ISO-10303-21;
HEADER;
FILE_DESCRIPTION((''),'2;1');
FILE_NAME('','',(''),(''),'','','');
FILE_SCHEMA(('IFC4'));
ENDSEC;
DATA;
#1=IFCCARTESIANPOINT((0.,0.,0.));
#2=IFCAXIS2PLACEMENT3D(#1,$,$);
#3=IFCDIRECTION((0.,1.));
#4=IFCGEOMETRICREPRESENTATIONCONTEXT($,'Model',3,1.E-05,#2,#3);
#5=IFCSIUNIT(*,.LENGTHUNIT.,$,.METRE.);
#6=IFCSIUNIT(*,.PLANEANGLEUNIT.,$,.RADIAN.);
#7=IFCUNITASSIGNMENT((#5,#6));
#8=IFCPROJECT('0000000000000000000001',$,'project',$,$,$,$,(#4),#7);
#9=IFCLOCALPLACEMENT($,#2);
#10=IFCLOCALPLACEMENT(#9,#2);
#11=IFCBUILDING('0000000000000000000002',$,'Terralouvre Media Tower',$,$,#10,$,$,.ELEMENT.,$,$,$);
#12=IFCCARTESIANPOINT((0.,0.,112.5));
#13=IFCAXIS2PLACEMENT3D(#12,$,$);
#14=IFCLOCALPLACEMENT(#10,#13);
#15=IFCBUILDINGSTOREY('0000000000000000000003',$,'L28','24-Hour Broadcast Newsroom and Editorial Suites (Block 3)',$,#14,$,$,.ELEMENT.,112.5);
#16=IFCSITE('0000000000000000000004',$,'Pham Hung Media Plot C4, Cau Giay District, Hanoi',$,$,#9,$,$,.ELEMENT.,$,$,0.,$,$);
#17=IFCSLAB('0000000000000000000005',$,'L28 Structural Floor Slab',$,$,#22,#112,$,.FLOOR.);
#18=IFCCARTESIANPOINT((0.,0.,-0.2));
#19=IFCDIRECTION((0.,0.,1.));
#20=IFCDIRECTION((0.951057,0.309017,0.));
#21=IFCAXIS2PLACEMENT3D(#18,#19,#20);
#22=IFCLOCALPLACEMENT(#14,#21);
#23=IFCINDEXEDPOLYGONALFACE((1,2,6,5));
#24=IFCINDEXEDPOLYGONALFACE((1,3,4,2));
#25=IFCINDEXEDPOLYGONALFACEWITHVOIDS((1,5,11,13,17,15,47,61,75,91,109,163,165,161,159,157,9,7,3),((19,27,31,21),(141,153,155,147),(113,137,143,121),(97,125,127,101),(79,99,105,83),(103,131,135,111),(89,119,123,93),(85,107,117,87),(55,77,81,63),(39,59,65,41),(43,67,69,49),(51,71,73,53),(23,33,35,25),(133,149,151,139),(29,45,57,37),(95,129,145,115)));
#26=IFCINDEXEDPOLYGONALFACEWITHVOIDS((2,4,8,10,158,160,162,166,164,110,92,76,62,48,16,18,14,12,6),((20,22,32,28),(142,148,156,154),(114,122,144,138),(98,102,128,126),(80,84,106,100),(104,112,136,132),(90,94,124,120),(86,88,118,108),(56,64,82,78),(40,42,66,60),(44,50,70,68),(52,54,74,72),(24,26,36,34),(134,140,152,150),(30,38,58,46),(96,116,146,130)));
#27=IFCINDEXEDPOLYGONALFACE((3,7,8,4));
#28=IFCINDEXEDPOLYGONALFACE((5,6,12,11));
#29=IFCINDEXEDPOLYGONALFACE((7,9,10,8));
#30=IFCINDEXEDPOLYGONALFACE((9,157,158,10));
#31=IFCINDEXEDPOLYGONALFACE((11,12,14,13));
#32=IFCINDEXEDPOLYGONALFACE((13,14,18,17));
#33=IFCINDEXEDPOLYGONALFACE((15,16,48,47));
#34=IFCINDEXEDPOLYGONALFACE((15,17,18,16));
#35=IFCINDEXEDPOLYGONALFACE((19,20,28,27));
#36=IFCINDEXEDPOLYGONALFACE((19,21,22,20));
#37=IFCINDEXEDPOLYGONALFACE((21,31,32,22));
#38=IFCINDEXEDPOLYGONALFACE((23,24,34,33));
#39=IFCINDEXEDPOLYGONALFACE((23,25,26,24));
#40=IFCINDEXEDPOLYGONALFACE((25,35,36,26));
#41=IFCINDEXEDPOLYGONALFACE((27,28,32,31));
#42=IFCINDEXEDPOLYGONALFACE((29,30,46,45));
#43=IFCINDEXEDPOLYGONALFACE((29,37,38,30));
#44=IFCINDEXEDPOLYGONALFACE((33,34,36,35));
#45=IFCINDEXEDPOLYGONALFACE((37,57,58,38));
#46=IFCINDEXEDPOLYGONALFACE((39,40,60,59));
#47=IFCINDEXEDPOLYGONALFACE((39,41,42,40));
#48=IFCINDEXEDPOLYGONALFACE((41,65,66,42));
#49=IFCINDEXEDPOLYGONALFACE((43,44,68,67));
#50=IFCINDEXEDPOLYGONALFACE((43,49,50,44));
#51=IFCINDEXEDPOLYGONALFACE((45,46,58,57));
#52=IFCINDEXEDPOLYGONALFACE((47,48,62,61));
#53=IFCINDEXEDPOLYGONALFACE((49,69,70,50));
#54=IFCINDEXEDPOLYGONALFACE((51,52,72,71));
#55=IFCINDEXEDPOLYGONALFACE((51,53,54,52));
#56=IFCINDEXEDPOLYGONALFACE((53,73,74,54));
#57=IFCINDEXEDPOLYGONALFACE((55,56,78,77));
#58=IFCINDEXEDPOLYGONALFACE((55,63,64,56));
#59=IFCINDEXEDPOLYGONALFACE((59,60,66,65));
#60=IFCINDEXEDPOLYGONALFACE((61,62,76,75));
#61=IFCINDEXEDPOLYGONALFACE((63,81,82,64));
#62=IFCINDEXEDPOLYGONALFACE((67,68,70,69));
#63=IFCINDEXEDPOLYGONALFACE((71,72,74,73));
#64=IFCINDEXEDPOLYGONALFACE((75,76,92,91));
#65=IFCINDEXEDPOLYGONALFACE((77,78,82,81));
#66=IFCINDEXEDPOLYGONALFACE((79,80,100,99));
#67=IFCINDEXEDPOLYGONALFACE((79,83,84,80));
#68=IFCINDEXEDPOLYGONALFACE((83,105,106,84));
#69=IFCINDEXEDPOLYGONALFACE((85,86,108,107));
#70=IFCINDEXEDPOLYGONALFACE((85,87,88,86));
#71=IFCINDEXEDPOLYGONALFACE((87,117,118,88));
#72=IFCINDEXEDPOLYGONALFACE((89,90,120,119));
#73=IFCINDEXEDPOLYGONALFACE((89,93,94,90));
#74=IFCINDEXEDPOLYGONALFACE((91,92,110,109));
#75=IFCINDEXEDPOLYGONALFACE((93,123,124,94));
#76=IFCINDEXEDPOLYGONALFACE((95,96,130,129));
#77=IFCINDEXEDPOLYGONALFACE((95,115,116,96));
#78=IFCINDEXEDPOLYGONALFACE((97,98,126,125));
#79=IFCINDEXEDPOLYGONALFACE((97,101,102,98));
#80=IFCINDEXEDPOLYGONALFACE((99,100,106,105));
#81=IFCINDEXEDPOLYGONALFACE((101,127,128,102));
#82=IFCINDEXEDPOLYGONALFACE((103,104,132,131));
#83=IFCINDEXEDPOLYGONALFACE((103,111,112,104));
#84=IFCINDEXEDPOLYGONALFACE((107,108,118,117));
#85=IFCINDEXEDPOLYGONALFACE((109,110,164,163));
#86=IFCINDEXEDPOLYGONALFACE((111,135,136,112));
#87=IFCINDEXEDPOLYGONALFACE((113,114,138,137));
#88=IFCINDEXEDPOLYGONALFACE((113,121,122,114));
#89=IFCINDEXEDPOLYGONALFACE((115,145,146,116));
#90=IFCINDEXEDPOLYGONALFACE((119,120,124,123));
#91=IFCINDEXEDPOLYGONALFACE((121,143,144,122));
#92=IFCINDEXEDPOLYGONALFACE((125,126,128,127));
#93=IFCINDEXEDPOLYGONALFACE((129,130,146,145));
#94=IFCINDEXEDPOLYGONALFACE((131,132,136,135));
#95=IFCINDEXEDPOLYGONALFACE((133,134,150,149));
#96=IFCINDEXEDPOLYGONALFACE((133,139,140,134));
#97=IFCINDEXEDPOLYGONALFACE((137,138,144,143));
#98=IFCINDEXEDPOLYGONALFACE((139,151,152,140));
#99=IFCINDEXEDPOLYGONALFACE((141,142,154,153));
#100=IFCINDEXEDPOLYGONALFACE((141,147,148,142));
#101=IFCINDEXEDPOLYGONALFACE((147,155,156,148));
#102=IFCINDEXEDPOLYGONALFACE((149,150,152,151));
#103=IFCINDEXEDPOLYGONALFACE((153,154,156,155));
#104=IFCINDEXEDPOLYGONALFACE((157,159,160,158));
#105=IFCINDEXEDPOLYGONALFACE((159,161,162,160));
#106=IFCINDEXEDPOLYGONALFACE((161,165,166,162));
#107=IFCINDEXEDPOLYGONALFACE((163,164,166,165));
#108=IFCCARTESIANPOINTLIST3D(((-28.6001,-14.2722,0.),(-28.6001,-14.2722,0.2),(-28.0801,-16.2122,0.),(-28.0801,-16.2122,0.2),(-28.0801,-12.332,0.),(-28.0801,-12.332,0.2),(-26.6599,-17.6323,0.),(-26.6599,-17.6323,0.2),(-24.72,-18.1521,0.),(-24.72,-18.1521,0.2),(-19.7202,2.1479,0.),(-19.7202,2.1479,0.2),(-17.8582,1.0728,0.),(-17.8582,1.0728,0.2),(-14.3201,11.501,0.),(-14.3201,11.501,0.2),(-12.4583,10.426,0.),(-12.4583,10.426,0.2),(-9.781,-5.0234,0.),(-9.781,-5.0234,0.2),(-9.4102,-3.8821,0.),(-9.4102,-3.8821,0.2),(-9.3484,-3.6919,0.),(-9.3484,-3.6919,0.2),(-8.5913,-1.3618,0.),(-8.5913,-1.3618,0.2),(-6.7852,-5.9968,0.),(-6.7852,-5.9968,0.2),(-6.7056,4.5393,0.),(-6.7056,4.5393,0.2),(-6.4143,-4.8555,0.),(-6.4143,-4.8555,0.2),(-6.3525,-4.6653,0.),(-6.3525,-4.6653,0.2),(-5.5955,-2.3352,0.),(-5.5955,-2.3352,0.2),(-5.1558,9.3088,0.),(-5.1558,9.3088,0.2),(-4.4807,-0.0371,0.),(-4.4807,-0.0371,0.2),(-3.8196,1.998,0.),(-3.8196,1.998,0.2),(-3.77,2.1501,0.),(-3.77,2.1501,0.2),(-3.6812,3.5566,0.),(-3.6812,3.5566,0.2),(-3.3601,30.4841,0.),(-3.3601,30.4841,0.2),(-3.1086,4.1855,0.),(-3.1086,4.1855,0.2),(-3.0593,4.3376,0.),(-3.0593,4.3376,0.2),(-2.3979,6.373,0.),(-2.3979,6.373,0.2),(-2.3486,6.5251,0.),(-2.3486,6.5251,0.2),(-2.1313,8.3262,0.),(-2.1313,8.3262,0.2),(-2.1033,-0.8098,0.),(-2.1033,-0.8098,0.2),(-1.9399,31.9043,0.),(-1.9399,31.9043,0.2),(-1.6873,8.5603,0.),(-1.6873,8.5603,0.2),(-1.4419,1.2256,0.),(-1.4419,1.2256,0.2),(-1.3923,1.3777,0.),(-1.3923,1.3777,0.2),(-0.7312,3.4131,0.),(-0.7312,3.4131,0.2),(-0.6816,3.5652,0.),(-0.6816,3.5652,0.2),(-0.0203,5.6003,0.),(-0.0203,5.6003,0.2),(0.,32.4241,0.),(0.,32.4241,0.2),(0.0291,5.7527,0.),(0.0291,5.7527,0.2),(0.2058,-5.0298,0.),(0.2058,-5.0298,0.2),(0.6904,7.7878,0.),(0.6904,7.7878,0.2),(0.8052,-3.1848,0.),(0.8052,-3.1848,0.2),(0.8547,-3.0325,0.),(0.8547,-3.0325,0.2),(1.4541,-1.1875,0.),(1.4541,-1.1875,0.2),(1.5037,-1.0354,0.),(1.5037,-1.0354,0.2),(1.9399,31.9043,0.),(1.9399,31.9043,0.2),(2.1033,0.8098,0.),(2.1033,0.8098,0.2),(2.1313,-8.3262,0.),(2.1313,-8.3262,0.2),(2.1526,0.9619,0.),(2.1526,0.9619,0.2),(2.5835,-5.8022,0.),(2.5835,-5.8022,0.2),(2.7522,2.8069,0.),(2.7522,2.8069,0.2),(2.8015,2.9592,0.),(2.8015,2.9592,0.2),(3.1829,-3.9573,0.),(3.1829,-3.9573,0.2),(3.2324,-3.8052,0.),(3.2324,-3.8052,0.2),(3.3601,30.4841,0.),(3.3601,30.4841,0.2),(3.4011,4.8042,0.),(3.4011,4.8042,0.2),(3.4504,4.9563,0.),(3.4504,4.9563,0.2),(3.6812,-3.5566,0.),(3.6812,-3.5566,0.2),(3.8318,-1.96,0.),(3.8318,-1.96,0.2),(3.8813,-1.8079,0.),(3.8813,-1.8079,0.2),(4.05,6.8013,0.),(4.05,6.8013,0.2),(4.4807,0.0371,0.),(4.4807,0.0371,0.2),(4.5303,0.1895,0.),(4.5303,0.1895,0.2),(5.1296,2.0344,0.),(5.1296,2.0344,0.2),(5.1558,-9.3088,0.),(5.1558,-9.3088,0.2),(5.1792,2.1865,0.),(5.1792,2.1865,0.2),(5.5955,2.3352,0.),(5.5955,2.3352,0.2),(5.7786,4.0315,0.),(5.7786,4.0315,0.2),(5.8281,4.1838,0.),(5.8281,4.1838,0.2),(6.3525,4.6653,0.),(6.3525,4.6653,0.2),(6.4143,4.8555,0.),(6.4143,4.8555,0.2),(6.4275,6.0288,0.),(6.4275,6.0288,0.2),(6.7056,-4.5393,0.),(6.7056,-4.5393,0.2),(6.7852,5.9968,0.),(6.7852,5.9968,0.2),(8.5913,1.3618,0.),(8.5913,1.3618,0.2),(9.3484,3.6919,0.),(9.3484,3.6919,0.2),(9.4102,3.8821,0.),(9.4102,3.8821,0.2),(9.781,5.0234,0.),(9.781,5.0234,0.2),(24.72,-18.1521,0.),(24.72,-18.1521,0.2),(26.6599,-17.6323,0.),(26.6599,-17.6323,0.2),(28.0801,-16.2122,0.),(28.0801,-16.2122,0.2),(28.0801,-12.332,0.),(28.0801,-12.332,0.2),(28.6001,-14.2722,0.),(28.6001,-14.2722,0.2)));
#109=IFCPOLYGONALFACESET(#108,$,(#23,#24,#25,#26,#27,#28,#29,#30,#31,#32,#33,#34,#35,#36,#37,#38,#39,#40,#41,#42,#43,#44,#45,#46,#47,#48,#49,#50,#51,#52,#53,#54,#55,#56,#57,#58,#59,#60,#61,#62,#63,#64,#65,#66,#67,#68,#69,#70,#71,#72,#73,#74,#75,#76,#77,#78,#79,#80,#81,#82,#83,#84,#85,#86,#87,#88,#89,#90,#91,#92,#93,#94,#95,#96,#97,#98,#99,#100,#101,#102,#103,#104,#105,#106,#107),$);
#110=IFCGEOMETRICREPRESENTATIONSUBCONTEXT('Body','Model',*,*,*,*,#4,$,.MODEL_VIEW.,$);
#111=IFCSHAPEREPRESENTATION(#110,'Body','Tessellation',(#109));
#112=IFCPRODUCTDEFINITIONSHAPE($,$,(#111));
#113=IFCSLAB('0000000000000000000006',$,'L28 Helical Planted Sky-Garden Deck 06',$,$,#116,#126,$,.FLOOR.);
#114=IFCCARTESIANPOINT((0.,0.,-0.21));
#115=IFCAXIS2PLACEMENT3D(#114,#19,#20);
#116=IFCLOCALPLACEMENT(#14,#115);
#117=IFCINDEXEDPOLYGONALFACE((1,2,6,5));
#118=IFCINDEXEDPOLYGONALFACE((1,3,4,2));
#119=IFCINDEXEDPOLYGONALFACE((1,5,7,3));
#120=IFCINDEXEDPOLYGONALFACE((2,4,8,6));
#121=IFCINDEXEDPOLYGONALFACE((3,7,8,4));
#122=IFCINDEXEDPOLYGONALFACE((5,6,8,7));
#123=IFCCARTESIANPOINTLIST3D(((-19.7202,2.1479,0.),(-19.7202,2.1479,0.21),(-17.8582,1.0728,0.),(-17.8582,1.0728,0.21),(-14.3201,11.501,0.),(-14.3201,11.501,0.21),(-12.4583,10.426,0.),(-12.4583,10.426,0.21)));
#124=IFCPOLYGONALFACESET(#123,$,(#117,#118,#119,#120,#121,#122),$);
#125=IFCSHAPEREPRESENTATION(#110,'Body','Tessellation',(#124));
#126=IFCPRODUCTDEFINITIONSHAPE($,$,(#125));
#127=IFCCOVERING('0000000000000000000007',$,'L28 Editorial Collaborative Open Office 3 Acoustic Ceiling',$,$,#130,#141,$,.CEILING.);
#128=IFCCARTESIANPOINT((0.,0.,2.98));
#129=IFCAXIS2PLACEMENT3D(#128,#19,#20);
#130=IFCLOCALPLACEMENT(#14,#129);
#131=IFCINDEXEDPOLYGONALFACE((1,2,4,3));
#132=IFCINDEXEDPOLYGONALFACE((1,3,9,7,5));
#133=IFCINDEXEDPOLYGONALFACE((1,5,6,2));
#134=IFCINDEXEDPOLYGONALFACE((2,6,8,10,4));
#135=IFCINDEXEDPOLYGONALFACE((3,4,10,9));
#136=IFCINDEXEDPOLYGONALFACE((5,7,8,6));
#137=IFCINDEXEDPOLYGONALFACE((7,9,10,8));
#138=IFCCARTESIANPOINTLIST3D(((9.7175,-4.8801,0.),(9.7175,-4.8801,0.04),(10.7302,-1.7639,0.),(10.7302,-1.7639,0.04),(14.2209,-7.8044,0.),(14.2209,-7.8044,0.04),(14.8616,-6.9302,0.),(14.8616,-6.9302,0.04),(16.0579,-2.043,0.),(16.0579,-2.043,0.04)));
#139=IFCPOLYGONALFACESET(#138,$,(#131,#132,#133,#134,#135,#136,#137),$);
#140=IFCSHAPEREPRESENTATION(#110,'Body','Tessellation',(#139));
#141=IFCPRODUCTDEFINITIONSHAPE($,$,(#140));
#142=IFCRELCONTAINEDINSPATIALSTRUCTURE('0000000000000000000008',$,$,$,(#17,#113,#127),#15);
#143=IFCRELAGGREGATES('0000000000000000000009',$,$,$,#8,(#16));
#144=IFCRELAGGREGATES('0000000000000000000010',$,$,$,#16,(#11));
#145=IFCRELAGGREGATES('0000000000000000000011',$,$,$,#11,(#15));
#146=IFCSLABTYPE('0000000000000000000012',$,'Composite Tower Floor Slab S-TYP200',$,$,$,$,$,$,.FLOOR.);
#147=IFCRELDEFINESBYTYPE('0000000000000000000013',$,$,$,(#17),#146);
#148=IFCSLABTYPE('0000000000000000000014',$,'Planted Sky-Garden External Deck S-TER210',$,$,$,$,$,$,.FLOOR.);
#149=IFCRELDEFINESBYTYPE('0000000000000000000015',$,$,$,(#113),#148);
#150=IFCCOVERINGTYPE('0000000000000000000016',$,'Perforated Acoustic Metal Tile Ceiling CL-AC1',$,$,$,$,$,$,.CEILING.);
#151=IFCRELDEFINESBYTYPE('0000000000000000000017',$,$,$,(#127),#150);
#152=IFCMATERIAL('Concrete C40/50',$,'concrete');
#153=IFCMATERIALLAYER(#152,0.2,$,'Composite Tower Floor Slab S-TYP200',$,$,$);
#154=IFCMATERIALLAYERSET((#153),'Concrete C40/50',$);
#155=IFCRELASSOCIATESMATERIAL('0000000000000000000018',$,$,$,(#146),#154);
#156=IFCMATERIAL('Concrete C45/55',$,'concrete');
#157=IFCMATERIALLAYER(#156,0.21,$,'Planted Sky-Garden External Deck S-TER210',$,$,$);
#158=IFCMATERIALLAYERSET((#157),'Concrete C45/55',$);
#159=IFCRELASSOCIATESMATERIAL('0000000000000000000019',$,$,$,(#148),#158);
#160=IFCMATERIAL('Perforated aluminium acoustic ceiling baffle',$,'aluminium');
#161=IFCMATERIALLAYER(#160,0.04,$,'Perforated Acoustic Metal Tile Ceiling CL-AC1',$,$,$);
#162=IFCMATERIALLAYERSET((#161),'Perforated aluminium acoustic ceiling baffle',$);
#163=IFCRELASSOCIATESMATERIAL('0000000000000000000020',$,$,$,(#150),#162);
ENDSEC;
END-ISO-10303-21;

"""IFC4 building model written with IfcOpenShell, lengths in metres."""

from ifc_helpers import new_model, si_unit, direction, frame, origin, place, context, subcontext, project, spatial, polyline, outline, extrude, material, layer, layer_set, type_object, element, save


model = new_model("IFC4")

# Units and contexts
model_context = context("Model", 3, precision=1e-05, world=origin(), true_north=direction((0.0, 1.0)))
body_context = subcontext(model_context, "Body", "Model", "MODEL_VIEW")
ifc_project = project(units=[si_unit("LENGTHUNIT", "METRE"), si_unit("PLANEANGLEUNIT", "RADIAN")], contexts=[model_context])

# Site, building, storey
site_placement = place(None, origin())
site = spatial("IfcSite", under=ifc_project, at=site_placement, Name="Pham Hung Media Plot C4, Cau Giay District, Hanoi", CompositionType="ELEMENT", RefElevation=0.0)
building_placement = place(site_placement, origin())
building = spatial("IfcBuilding", under=site, at=building_placement, Name="Terralouvre Media Tower", CompositionType="ELEMENT")
storey_placement = place(building_placement, frame((0.0, 0.0, 112.5)))
storey = spatial("IfcBuildingStorey", under=building, at=storey_placement, Name="L28", Description="24-Hour Broadcast Newsroom and Editorial Suites (Block 3)", CompositionType="ELEMENT", Elevation=112.5)

# Slabs
ifc_material_1 = material(Name="Concrete C40/50", Category="concrete")
ifc_layer_1 = layer(ifc_material_1, 0.2, Name="Composite Tower Floor Slab S-TYP200")
ifc_layer_set_1 = layer_set([ifc_layer_1], Name="Concrete C40/50")
slab_type_1 = type_object("IfcSlabType", Name="Composite Tower Floor Slab S-TYP200", PredefinedType="FLOOR", material=ifc_layer_set_1)
slab_1_placement = place(storey_placement, frame((0.0, 0.0, -0.2), z_axis=(0.0, 0.0, 1.0), x_axis=(0.951057, 0.309017, 0.0)))
element("IfcSlab", 1, at=slab_1_placement, inside=storey, type_object=slab_type_1, Name="L28 Structural Floor Slab", PredefinedType="FLOOR", context=body_context, shape_type="SweptSolid", body=[
    extrude(outline(polyline([(-3.3601, 30.4841), (-14.3201, 11.501), (-12.4583, 10.426), (-17.8582, 1.0728), (-19.7202, 2.1479), (-28.0801, -12.332), (-28.6001, -14.2722), (-28.0801, -16.2122), (-26.6599, -17.6323), (-24.72, -18.1521), (24.72, -18.1521), (26.6599, -17.6323), (28.0801, -16.2122), (28.6001, -14.2722), (28.0801, -12.332), (3.3601, 30.4841), (1.9399, 31.9043), (0.0, 32.4241), (-1.9399, 31.9043), (-3.3601, 30.4841)]), holes=[polyline([(-6.7852, -5.9968), (-9.781, -5.0234), (-9.4102, -3.8821), (-6.4143, -4.8555), (-6.7852, -5.9968)]), polyline([(-6.3525, -4.6653), (-9.3484, -3.6919), (-8.5913, -1.3618), (-5.5955, -2.3352), (-6.3525, -4.6653)]), polyline([(-2.1033, -0.8098), (-4.4807, -0.0371), (-3.8196, 1.998), (-1.4419, 1.2256), (-2.1033, -0.8098)]), polyline([(-1.3923, 1.3777), (-3.77, 2.1501), (-3.1086, 4.1855), (-0.7312, 3.4131), (-1.3923, 1.3777)]), polyline([(4.5303, 0.1895), (2.1526, 0.9619), (2.7522, 2.8069), (5.1296, 2.0344), (4.5303, 0.1895)]), polyline([(-0.6816, 3.5652), (-3.0593, 4.3376), (-2.3979, 6.373), (-0.0203, 5.6003), (-0.6816, 3.5652)]), polyline([(-3.6812, 3.5566), (-6.7056, 4.5393), (-5.1558, 9.3088), (-2.1313, 8.3262), (-3.6812, 3.5566)]), polyline([(0.0291, 5.7527), (-2.3486, 6.5251), (-1.6873, 8.5603), (0.6904, 7.7878), (0.0291, 5.7527)]), polyline([(3.6812, -3.5566), (6.7056, -4.5393), (5.1558, -9.3088), (2.1313, -8.3262), (3.6812, -3.5566)]), polyline([(2.5835, -5.8022), (0.2058, -5.0298), (0.8052, -3.1848), (3.1829, -3.9573), (2.5835, -5.8022)]), polyline([(3.2324, -3.8052), (0.8547, -3.0325), (1.4541, -1.1875), (3.8318, -1.96), (3.2324, -3.8052)]), polyline([(3.8813, -1.8079), (1.5037, -1.0354), (2.1033, 0.8098), (4.4807, 0.0371), (3.8813, -1.8079)]), polyline([(5.1792, 2.1865), (2.8015, 2.9592), (3.4011, 4.8042), (5.7786, 4.0315), (5.1792, 2.1865)]), polyline([(8.5913, 1.3618), (5.5955, 2.3352), (6.3525, 4.6653), (9.3484, 3.6919), (8.5913, 1.3618)]), polyline([(5.8281, 4.1838), (3.4504, 4.9563), (4.05, 6.8013), (6.4275, 6.0288), (5.8281, 4.1838)]), polyline([(9.4102, 3.8821), (6.4143, 4.8555), (6.7852, 5.9968), (9.781, 5.0234), (9.4102, 3.8821)])]), origin(), (0.0, 0.0, 1.0), 0.2),
])
ifc_material_2 = material(Name="Concrete C45/55", Category="concrete")
ifc_layer_2 = layer(ifc_material_2, 0.21, Name="Planted Sky-Garden External Deck S-TER210")
ifc_layer_set_2 = layer_set([ifc_layer_2], Name="Concrete C45/55")
slab_type_2 = type_object("IfcSlabType", Name="Planted Sky-Garden External Deck S-TER210", PredefinedType="FLOOR", material=ifc_layer_set_2)
slab_2_placement = place(storey_placement, frame((0.0, 0.0, -0.21), z_axis=(0.0, 0.0, 1.0), x_axis=(0.951057, 0.309017, 0.0)))
element("IfcSlab", 2, at=slab_2_placement, inside=storey, type_object=slab_type_2, Name="L28 Helical Planted Sky-Garden Deck 06", PredefinedType="FLOOR", context=body_context, shape_type="SweptSolid", body=[
    extrude(outline(polyline([(-14.3201, 11.501), (-19.7202, 2.1479), (-17.8582, 1.0728), (-12.4583, 10.426), (-14.3201, 11.501)])), origin(), (0.0, 0.0, 1.0), 0.21),
])

# Covering
ifc_material_3 = material(Name="Perforated aluminium acoustic ceiling baffle", Category="aluminium")
ifc_layer_3 = layer(ifc_material_3, 0.04, Name="Perforated Acoustic Metal Tile Ceiling CL-AC1")
ifc_layer_set_3 = layer_set([ifc_layer_3], Name="Perforated aluminium acoustic ceiling baffle")
covering_type = type_object("IfcCoveringType", Name="Perforated Acoustic Metal Tile Ceiling CL-AC1", PredefinedType="CEILING", material=ifc_layer_set_3)
covering_1_placement = place(storey_placement, frame((0.0, 0.0, 2.98), z_axis=(0.0, 0.0, 1.0), x_axis=(0.951057, 0.309017, 0.0)))
element("IfcCovering", 3, at=covering_1_placement, inside=storey, type_object=covering_type, Name="L28 Editorial Collaborative Open Office 3 Acoustic Ceiling", PredefinedType="CEILING", context=body_context, shape_type="SweptSolid", body=[
    extrude(outline(polyline([(16.0579, -2.043), (10.7302, -1.7639), (9.7175, -4.8801), (14.2209, -7.8044), (14.8616, -6.9302), (16.0579, -2.043)])), origin(), (0.0, 0.0, 1.0), 0.04),
])

save(model, "model.ifc")
